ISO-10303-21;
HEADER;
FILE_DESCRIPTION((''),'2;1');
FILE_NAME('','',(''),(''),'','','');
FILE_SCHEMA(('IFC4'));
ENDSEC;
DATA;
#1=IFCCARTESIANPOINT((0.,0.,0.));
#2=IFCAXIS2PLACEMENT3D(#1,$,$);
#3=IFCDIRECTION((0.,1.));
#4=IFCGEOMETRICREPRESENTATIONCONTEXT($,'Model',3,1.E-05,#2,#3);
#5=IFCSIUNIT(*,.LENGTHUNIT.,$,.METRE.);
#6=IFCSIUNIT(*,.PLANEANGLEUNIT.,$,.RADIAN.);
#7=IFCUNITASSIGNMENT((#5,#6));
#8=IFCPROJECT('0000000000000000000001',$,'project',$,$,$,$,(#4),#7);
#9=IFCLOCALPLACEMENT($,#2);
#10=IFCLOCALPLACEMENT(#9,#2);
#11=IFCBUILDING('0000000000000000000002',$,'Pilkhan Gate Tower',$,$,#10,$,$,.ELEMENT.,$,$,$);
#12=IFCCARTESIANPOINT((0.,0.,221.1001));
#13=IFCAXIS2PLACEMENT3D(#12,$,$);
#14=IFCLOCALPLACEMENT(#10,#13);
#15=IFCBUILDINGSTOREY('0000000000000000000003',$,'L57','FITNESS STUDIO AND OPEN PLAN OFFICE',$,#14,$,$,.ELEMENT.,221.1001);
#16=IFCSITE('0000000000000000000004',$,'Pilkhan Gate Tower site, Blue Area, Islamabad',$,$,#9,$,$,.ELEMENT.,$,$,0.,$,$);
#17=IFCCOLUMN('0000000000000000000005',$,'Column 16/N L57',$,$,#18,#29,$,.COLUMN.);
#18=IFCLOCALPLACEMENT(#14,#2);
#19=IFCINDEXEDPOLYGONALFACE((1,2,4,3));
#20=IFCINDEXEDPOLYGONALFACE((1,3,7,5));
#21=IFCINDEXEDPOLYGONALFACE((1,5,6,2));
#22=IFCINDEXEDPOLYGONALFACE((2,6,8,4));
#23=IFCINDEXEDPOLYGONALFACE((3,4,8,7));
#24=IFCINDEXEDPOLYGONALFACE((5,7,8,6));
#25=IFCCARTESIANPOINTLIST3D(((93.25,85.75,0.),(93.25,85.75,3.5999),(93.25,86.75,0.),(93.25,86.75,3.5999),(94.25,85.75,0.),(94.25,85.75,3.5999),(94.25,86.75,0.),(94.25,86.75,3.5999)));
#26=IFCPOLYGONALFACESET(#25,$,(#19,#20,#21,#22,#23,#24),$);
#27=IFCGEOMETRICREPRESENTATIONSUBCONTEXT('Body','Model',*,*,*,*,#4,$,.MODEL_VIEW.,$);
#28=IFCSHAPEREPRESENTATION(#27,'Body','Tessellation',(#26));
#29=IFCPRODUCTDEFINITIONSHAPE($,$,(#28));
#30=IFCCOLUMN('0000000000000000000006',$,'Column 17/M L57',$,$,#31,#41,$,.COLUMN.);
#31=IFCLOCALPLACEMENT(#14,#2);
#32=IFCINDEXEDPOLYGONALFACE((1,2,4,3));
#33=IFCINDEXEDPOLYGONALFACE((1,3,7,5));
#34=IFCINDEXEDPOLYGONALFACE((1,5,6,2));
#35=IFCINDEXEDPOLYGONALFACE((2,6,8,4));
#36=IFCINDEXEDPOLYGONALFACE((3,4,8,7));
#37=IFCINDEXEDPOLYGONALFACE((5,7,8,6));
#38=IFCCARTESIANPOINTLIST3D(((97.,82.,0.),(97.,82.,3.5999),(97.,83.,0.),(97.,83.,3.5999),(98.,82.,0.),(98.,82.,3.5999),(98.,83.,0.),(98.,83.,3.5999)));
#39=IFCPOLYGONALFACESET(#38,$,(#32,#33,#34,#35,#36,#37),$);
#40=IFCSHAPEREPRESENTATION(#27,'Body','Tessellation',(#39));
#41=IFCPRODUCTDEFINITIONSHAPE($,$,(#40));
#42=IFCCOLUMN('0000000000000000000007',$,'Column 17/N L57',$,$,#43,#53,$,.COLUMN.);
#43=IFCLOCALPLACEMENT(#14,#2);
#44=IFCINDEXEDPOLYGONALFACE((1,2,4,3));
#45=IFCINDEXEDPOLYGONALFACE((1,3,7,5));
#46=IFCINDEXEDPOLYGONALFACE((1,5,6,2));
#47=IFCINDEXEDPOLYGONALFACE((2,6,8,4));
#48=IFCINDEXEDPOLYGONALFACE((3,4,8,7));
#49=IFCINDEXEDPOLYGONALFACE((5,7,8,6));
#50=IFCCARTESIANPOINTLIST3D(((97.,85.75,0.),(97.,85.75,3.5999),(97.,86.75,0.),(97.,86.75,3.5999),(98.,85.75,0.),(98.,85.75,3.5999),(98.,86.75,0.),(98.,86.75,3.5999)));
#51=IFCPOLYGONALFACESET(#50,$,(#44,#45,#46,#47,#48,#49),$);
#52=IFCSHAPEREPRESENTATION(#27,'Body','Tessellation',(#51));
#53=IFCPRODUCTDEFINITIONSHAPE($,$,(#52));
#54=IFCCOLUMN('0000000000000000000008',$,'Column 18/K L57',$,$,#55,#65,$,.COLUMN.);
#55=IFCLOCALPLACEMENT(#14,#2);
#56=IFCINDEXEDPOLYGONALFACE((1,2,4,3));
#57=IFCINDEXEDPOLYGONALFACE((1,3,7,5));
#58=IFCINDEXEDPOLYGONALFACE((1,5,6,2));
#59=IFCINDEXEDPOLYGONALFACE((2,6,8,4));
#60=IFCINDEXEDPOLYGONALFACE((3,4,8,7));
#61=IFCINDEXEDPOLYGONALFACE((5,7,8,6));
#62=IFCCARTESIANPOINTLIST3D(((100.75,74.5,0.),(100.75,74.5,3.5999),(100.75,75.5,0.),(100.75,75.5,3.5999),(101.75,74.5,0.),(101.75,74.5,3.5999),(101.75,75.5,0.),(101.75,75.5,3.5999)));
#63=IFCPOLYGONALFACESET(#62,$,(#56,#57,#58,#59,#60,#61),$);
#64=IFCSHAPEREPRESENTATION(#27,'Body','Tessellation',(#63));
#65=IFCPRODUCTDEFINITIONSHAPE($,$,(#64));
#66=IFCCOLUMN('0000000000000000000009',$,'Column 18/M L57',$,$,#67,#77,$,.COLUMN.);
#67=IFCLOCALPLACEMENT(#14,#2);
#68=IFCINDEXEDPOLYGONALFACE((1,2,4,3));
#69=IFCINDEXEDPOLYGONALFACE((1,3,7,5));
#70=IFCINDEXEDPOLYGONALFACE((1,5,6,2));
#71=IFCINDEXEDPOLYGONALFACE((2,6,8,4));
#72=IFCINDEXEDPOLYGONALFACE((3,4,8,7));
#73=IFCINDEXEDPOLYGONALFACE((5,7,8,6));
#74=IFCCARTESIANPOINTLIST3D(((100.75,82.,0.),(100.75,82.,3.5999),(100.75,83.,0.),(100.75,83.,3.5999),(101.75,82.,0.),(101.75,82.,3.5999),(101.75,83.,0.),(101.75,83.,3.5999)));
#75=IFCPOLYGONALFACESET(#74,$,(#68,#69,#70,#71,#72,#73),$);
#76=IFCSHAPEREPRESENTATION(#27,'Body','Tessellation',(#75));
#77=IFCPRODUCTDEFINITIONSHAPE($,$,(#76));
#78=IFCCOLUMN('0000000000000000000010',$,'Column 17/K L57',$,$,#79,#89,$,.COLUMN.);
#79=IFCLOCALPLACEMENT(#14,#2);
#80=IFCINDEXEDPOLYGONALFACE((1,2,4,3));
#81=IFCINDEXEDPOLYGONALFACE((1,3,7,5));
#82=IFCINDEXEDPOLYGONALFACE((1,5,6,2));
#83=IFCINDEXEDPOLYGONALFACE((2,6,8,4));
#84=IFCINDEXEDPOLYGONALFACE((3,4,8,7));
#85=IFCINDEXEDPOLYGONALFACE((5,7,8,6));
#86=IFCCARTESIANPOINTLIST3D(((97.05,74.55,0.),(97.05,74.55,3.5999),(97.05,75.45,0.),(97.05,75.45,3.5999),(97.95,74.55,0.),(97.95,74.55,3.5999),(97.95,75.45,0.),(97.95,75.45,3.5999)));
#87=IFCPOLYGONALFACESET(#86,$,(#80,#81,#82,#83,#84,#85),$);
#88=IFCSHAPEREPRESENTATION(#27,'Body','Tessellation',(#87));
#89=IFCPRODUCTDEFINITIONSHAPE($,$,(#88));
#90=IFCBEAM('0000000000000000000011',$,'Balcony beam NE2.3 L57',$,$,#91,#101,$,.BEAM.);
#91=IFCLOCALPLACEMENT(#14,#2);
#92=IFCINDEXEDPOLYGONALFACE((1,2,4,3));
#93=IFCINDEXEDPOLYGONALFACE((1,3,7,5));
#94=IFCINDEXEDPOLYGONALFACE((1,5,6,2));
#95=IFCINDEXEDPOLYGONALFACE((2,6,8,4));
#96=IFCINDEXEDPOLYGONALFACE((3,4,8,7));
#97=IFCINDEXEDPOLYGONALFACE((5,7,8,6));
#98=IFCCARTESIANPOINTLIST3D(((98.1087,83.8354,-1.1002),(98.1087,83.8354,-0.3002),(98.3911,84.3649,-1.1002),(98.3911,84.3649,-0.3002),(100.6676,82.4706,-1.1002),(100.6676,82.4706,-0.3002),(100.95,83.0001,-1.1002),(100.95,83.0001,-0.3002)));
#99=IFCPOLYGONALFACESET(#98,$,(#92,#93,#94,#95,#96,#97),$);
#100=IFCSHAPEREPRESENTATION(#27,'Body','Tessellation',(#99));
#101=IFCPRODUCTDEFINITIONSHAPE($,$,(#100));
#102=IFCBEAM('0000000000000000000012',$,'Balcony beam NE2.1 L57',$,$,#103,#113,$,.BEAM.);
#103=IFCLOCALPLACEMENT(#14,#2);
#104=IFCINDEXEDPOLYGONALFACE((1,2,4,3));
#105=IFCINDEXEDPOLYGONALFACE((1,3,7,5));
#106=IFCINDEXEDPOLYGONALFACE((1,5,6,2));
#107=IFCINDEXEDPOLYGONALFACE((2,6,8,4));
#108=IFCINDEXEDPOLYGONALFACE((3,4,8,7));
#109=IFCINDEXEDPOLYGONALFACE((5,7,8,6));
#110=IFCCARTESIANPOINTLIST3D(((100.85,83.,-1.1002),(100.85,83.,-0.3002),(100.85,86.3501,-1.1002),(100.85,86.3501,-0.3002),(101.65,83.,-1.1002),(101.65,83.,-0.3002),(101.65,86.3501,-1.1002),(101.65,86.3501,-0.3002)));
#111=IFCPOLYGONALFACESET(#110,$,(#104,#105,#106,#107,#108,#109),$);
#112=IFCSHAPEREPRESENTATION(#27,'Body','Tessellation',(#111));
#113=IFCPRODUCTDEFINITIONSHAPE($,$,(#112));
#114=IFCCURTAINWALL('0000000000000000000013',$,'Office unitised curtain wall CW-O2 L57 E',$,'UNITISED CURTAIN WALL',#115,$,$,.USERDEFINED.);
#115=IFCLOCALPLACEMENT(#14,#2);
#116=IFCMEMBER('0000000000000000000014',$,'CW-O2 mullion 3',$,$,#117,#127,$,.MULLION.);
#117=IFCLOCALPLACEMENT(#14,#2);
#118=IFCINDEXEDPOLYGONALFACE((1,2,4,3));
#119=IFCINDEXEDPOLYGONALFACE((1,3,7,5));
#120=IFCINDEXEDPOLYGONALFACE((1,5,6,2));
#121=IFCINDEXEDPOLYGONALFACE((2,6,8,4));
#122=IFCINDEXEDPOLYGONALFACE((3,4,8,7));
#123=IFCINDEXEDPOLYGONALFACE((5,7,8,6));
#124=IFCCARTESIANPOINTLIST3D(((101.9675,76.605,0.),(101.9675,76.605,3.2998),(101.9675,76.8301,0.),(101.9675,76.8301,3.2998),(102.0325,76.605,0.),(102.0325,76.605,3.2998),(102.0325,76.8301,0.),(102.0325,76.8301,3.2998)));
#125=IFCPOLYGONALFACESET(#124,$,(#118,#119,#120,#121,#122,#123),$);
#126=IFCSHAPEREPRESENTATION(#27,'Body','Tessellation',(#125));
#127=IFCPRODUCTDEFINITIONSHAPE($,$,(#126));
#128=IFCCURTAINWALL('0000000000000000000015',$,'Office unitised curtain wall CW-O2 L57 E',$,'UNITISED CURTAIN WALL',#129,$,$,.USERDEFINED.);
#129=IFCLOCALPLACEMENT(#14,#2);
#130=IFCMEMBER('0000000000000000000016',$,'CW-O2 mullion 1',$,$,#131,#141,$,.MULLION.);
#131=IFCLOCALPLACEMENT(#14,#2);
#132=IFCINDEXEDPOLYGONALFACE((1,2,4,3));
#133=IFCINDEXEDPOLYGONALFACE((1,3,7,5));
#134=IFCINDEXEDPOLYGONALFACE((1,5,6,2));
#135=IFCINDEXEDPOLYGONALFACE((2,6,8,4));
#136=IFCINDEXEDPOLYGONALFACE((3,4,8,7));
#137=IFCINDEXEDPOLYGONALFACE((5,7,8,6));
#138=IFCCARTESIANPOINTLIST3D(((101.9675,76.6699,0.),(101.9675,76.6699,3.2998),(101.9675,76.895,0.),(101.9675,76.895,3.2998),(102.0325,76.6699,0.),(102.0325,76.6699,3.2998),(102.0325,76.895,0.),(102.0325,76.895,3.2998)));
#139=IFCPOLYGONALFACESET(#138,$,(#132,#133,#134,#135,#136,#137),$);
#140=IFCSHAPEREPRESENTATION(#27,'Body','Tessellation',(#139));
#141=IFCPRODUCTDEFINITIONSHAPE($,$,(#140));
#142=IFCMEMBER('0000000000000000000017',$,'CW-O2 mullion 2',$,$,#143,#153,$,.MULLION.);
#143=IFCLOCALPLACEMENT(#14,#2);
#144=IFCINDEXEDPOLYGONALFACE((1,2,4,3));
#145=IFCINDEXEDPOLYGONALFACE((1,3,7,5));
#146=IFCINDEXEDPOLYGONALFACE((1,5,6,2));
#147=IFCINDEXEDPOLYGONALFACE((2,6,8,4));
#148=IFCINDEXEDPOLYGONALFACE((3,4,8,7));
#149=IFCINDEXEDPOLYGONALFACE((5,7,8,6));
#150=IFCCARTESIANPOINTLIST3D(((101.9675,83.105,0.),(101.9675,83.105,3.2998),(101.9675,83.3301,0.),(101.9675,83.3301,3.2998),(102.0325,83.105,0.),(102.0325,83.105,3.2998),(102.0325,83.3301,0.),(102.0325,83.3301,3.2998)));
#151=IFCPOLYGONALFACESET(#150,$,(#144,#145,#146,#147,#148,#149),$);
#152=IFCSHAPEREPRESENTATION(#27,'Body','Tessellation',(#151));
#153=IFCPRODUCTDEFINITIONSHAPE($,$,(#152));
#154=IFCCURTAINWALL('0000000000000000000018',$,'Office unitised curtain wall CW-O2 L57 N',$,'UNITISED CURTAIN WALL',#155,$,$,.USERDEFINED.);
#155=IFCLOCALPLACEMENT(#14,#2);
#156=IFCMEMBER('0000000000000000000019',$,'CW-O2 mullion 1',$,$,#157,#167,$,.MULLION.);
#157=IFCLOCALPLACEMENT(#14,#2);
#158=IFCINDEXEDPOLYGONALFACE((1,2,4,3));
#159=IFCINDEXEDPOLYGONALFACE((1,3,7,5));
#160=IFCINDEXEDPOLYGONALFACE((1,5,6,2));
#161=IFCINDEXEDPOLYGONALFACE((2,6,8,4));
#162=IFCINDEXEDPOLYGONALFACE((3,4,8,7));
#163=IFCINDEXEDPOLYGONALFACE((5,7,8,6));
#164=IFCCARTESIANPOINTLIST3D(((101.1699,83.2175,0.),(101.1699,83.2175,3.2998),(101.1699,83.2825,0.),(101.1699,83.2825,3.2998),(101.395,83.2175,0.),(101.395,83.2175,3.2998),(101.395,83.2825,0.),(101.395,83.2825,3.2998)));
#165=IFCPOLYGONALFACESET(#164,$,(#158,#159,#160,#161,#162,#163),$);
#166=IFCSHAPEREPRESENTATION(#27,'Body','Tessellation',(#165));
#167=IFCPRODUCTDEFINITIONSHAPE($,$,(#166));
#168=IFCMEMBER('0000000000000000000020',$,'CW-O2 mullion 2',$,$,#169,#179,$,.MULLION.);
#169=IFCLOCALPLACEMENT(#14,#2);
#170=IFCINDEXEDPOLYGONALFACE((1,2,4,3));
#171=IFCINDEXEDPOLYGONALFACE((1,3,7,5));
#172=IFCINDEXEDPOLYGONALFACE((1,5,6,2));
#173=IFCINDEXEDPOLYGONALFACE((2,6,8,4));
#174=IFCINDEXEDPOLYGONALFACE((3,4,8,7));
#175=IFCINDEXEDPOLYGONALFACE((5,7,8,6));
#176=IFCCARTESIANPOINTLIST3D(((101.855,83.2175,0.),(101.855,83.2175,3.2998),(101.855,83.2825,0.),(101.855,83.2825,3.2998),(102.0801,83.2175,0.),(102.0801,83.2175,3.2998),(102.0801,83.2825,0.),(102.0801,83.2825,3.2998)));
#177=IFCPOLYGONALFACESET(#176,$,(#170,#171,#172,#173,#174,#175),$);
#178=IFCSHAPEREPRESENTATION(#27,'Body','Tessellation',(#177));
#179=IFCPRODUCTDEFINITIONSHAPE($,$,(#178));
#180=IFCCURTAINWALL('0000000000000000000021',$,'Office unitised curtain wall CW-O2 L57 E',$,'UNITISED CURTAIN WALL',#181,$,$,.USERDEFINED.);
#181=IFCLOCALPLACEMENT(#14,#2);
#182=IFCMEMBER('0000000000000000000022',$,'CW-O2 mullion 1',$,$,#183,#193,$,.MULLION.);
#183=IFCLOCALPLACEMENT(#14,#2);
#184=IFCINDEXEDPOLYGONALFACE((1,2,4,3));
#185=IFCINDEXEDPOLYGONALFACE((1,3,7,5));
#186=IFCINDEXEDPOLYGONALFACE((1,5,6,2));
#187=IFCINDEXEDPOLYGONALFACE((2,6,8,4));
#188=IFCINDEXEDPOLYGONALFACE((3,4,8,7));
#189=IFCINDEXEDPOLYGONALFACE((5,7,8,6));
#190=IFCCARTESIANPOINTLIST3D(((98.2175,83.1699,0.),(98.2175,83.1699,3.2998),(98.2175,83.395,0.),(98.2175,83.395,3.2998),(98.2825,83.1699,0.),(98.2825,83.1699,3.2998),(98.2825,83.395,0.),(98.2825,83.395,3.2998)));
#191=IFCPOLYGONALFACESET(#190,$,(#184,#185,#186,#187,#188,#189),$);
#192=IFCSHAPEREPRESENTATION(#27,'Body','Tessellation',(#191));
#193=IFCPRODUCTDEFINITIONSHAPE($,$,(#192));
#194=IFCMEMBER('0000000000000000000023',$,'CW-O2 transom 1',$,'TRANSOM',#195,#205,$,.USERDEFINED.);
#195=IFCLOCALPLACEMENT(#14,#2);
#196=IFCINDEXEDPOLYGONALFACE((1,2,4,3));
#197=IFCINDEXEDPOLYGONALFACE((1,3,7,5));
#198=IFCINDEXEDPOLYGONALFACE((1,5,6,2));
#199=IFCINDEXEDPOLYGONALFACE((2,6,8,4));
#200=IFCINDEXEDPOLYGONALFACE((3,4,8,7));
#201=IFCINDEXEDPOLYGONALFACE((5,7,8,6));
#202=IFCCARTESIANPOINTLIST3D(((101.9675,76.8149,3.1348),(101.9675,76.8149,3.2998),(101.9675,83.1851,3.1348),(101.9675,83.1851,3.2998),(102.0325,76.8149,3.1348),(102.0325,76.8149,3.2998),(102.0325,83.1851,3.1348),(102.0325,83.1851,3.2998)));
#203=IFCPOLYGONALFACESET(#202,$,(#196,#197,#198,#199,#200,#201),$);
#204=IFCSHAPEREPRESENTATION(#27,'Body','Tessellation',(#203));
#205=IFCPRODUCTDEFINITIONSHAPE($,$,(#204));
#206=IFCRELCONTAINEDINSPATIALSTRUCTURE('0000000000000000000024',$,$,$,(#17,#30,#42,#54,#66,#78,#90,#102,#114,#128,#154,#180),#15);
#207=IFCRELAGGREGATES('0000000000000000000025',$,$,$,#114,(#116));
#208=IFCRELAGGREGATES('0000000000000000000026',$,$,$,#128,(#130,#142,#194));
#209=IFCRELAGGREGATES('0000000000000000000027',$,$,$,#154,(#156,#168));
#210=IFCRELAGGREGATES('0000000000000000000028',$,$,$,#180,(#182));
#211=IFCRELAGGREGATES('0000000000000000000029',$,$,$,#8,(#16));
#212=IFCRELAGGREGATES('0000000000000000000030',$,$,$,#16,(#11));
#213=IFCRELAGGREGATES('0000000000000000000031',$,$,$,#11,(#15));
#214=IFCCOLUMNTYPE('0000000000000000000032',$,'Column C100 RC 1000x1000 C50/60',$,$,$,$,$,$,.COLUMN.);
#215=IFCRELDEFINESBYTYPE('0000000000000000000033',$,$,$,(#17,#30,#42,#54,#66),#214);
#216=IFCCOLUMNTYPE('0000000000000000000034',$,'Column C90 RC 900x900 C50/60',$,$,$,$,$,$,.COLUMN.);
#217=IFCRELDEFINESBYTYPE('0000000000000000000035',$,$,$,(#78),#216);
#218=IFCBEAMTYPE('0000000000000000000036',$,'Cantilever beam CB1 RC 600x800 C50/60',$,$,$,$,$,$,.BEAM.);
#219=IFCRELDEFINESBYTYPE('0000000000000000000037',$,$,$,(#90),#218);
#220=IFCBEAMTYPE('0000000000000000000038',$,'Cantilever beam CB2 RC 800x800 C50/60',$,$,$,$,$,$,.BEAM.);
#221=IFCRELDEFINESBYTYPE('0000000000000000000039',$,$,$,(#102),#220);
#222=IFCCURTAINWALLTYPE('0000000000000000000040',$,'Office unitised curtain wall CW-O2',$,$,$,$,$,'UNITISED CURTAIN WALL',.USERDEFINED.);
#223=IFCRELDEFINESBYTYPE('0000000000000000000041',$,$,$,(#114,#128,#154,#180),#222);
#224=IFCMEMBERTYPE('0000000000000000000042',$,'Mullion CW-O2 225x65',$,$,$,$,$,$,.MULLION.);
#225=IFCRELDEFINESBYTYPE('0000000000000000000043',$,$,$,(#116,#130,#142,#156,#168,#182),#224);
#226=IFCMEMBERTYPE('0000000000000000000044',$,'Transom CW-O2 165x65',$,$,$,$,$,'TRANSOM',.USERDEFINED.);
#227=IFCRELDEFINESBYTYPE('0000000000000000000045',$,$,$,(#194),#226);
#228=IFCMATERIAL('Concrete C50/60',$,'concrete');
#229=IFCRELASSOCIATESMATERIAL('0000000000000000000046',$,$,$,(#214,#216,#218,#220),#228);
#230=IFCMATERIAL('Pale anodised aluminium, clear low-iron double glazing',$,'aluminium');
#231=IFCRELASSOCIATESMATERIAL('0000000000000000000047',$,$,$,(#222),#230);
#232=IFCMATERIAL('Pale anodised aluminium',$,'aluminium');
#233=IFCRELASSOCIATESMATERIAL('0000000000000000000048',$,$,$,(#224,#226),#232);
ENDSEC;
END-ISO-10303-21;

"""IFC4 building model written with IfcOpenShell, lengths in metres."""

from ifc_helpers import new_model, si_unit, direction, frame, origin, origin_2d, place, context, subcontext, project, spatial, rectangle, extrude, material, material_profile, profile_set, type_object, element, aggregate, save


model = new_model("IFC4")

# Units and contexts
model_context = context("Model", 3, precision=1e-05, world=origin(), true_north=direction((0.0, 1.0)))
body_context = subcontext(model_context, "Body", "Model", "MODEL_VIEW")
ifc_project = project(units=[si_unit("LENGTHUNIT", "METRE"), si_unit("PLANEANGLEUNIT", "RADIAN")], contexts=[model_context])

# Site, building, storey
site_placement = place(None, origin())
site = spatial("IfcSite", under=ifc_project, at=site_placement, Name="Pilkhan Gate Tower site, Blue Area, Islamabad", CompositionType="ELEMENT", RefElevation=0.0)
building_placement = place(site_placement, origin())
building = spatial("IfcBuilding", under=site, at=building_placement, Name="Pilkhan Gate Tower", CompositionType="ELEMENT")
storey_placement = place(building_placement, frame((0.0, 0.0, 221.1001)))
storey = spatial("IfcBuildingStorey", under=building, at=storey_placement, Name="L57", Description="FITNESS STUDIO AND OPEN PLAN OFFICE", CompositionType="ELEMENT", Elevation=221.1001)

# Columns
ifc_material_1 = material(Name="Concrete C50/60", Category="concrete")
ifc_material_profile_1 = material_profile(ifc_material_1, rectangle(XDim=1.0, YDim=1.0, at=origin_2d()), Name="RC 1000x1000")
ifc_profile_set_1 = profile_set([ifc_material_profile_1], Name="Concrete C50/60")
column_type_1 = type_object("IfcColumnType", Name="Column C100 RC 1000x1000 C50/60", PredefinedType="COLUMN", material=ifc_profile_set_1)
for number, where, z_axis, x_axis, name in (
    (1, (93.75, 86.25, 0.0), (0.0, 0.0, 1.0), (1.0, 0.0, 0.0), "Column 16/N L57"),
    (2, (97.5, 82.5, 0.0), (0.0, 0.0, 1.0), (1.0, 0.0, 0.0), "Column 17/M L57"),
    (3, (97.5, 86.25, 0.0), (0.0, 0.0, 1.0), (1.0, 0.0, 0.0), "Column 17/N L57"),
    (4, (101.25, 75.0, 0.0), (0.0, 0.0, 1.0), (1.0, 0.0, 0.0), "Column 18/K L57"),
    (5, (101.25, 82.5, 0.0), (0.0, 0.0, 1.0), (1.0, 0.0, 0.0), "Column 18/M L57"),
):
    element("IfcColumn", number, at=place(storey_placement, frame(where, z_axis=z_axis, x_axis=x_axis)), inside=storey, type_object=column_type_1, Name=name, PredefinedType="COLUMN", context=body_context, shape_type="SweptSolid", body=[
        extrude(rectangle(XDim=1.0, YDim=1.0, at=origin_2d()), origin(), (0.0, 0.0, 1.0), 3.5999),
    ])
ifc_material_profile_2 = material_profile(ifc_material_1, rectangle(XDim=0.8999, YDim=0.8999, at=origin_2d()), Name="RC 900x900")
ifc_profile_set_2 = profile_set([ifc_material_profile_2], Name="Concrete C50/60")
column_type_2 = type_object("IfcColumnType", Name="Column C90 RC 900x900 C50/60", PredefinedType="COLUMN", material=ifc_profile_set_2)
column_placement = place(storey_placement, frame((97.5, 75.0, 0.0), z_axis=(0.0, 0.0, 1.0), x_axis=(1.0, 0.0, 0.0)))
element("IfcColumn", 6, at=column_placement, inside=storey, type_object=column_type_2, Name="Column 17/K L57", PredefinedType="COLUMN", context=body_context, shape_type="SweptSolid", body=[
    extrude(rectangle(XDim=0.8999, YDim=0.8999, at=origin_2d()), origin(), (0.0, 0.0, 1.0), 3.5999),
])

# Beams
ifc_material_profile_3 = material_profile(ifc_material_1, rectangle(XDim=0.6001, YDim=0.8, at=origin_2d()), Name="RC 600x800")
ifc_profile_set_3 = profile_set([ifc_material_profile_3], Name="Concrete C50/60")
beam_type_1 = type_object("IfcBeamType", Name="Cantilever beam CB1 RC 600x800 C50/60", PredefinedType="BEAM", material=ifc_profile_set_3)
beam_1_placement = place(storey_placement, frame((100.8088, 82.7354, -0.7002), z_axis=(-0.882348, 0.470597, 0.0), x_axis=(-0.470597, -0.882348, 0.0)))
element("IfcBeam", 7, at=beam_1_placement, inside=storey, type_object=beam_type_1, Name="Balcony beam NE2.3 L57", PredefinedType="BEAM", context=body_context, shape_type="SweptSolid", body=[
    extrude(rectangle(XDim=0.6001, YDim=0.8, at=origin_2d()), origin(), (0.0, 0.0, 1.0), 2.9001),
])
ifc_material_profile_4 = material_profile(ifc_material_1, rectangle(XDim=0.8, YDim=0.8, at=origin_2d()), Name="RC 800x800")
ifc_profile_set_4 = profile_set([ifc_material_profile_4], Name="Concrete C50/60")
beam_type_2 = type_object("IfcBeamType", Name="Cantilever beam CB2 RC 800x800 C50/60", PredefinedType="BEAM", material=ifc_profile_set_4)
beam_2_placement = place(storey_placement, frame((101.25, 83.0, -0.7002), z_axis=(0.0, 1.0, 0.0), x_axis=(-1.0, 0.0, 0.0)))
element("IfcBeam", 8, at=beam_2_placement, inside=storey, type_object=beam_type_2, Name="Balcony beam NE2.1 L57", PredefinedType="BEAM", context=body_context, shape_type="SweptSolid", body=[
    extrude(rectangle(XDim=0.8, YDim=0.8, at=origin_2d()), origin(), (0.0, 0.0, 1.0), 3.3501),
])

# Curtain wall, member
ifc_material_2 = material(Name="Pale anodised aluminium, clear low-iron double glazing", Category="aluminium")
curtain_wall_type = type_object("IfcCurtainWallType", Name="Office unitised curtain wall CW-O2", ElementType="UNITISED CURTAIN WALL", PredefinedType="USERDEFINED", material=ifc_material_2)
curtain_wall_1_placement = place(storey_placement, origin())
curtain_wall_1 = element("IfcCurtainWall", 9, at=curtain_wall_1_placement, inside=storey, type_object=curtain_wall_type, Name="Office unitised curtain wall CW-O2 L57 E", ObjectType="UNITISED CURTAIN WALL", PredefinedType="USERDEFINED")
ifc_material_3 = material(Name="Pale anodised aluminium", Category="aluminium")
ifc_material_profile_5 = material_profile(ifc_material_3, rectangle(XDim=0.0649, YDim=0.2251, at=origin_2d()), Name="Mullion 225x65")
ifc_profile_set_5 = profile_set([ifc_material_profile_5], Name="Pale anodised aluminium")
member_type_1 = type_object("IfcMemberType", Name="Mullion CW-O2 225x65", PredefinedType="MULLION", material=ifc_profile_set_5)
member_1_placement = place(storey_placement, frame((102.0, 76.7175, 0.0), z_axis=(0.0, 0.0, 1.0), x_axis=(-1.0, 0.0, 0.0)))
member_1 = element("IfcMember", 10, at=member_1_placement, type_object=member_type_1, Name="CW-O2 mullion 3", PredefinedType="MULLION", context=body_context, shape_type="SweptSolid", body=[
    extrude(rectangle(XDim=0.0649, YDim=0.2251, at=origin_2d()), origin(), (0.0, 0.0, 1.0), 3.2998),
])
aggregate(curtain_wall_1, [member_1])

# Curtain walls, members
curtain_wall_2_placement = place(storey_placement, origin())
curtain_wall_2 = element("IfcCurtainWall", 11, at=curtain_wall_2_placement, inside=storey, type_object=curtain_wall_type, Name="Office unitised curtain wall CW-O2 L57 E", ObjectType="UNITISED CURTAIN WALL", PredefinedType="USERDEFINED")
member_2_placement = place(storey_placement, frame((102.0, 76.7825, 0.0), z_axis=(0.0, 0.0, 1.0), x_axis=(-1.0, 0.0, 0.0)))
member_2 = element("IfcMember", 12, at=member_2_placement, type_object=member_type_1, Name="CW-O2 mullion 1", PredefinedType="MULLION", context=body_context, shape_type="SweptSolid", body=[
    extrude(rectangle(XDim=0.0649, YDim=0.2251, at=origin_2d()), origin(), (0.0, 0.0, 1.0), 3.2998),
])
member_3_placement = place(storey_placement, frame((102.0, 83.2175, 0.0), z_axis=(0.0, 0.0, 1.0), x_axis=(-1.0, 0.0, 0.0)))
member_3 = element("IfcMember", 13, at=member_3_placement, type_object=member_type_1, Name="CW-O2 mullion 2", PredefinedType="MULLION", context=body_context, shape_type="SweptSolid", body=[
    extrude(rectangle(XDim=0.0649, YDim=0.2251, at=origin_2d()), origin(), (0.0, 0.0, 1.0), 3.2998),
])
curtain_wall_3_placement = place(storey_placement, origin())
curtain_wall_3 = element("IfcCurtainWall", 14, at=curtain_wall_3_placement, inside=storey, type_object=curtain_wall_type, Name="Office unitised curtain wall CW-O2 L57 N", ObjectType="UNITISED CURTAIN WALL", PredefinedType="USERDEFINED")
member_4_placement = place(storey_placement, frame((101.2825, 83.25, 0.0), z_axis=(0.0, 0.0, 1.0), x_axis=(0.0, 1.0, 0.0)))
member_4 = element("IfcMember", 15, at=member_4_placement, type_object=member_type_1, Name="CW-O2 mullion 1", PredefinedType="MULLION", context=body_context, shape_type="SweptSolid", body=[
    extrude(rectangle(XDim=0.0649, YDim=0.2251, at=origin_2d()), origin(), (0.0, 0.0, 1.0), 3.2998),
])
member_5_placement = place(storey_placement, frame((101.9675, 83.25, 0.0), z_axis=(0.0, 0.0, 1.0), x_axis=(0.0, 1.0, 0.0)))
member_5 = element("IfcMember", 16, at=member_5_placement, type_object=member_type_1, Name="CW-O2 mullion 2", PredefinedType="MULLION", context=body_context, shape_type="SweptSolid", body=[
    extrude(rectangle(XDim=0.0649, YDim=0.2251, at=origin_2d()), origin(), (0.0, 0.0, 1.0), 3.2998),
])

# Curtain wall, member
curtain_wall_4_placement = place(storey_placement, origin())
curtain_wall_4 = element("IfcCurtainWall", 17, at=curtain_wall_4_placement, inside=storey, type_object=curtain_wall_type, Name="Office unitised curtain wall CW-O2 L57 E", ObjectType="UNITISED CURTAIN WALL", PredefinedType="USERDEFINED")
member_6_placement = place(storey_placement, frame((98.25, 83.2825, 0.0), z_axis=(0.0, 0.0, 1.0), x_axis=(-1.0, 0.0, 0.0)))
member_6 = element("IfcMember", 18, at=member_6_placement, type_object=member_type_1, Name="CW-O2 mullion 1", PredefinedType="MULLION", context=body_context, shape_type="SweptSolid", body=[
    extrude(rectangle(XDim=0.0649, YDim=0.2251, at=origin_2d()), origin(), (0.0, 0.0, 1.0), 3.2998),
])

# Member
ifc_material_profile_6 = material_profile(ifc_material_3, rectangle(XDim=0.0649, YDim=0.165, at=origin_2d()), Name="Transom 165x65")
ifc_profile_set_6 = profile_set([ifc_material_profile_6], Name="Pale anodised aluminium")
member_type_2 = type_object("IfcMemberType", Name="Transom CW-O2 165x65", ElementType="TRANSOM", PredefinedType="USERDEFINED", material=ifc_profile_set_6)
member_7_placement = place(storey_placement, frame((102.0, 76.8149, 3.2173), z_axis=(0.0, 1.0, 0.0), x_axis=(-1.0, 0.0, 0.0)))
member_7 = element("IfcMember", 19, at=member_7_placement, type_object=member_type_2, Name="CW-O2 transom 1", ObjectType="TRANSOM", PredefinedType="USERDEFINED", context=body_context, shape_type="SweptSolid", body=[
    extrude(rectangle(XDim=0.0649, YDim=0.165, at=origin_2d()), origin(), (0.0, 0.0, 1.0), 6.3701),
])

aggregate(curtain_wall_2, [member_2, member_3, member_7])
aggregate(curtain_wall_3, [member_4, member_5])
aggregate(curtain_wall_4, [member_6])

save(model, "model.ifc")
